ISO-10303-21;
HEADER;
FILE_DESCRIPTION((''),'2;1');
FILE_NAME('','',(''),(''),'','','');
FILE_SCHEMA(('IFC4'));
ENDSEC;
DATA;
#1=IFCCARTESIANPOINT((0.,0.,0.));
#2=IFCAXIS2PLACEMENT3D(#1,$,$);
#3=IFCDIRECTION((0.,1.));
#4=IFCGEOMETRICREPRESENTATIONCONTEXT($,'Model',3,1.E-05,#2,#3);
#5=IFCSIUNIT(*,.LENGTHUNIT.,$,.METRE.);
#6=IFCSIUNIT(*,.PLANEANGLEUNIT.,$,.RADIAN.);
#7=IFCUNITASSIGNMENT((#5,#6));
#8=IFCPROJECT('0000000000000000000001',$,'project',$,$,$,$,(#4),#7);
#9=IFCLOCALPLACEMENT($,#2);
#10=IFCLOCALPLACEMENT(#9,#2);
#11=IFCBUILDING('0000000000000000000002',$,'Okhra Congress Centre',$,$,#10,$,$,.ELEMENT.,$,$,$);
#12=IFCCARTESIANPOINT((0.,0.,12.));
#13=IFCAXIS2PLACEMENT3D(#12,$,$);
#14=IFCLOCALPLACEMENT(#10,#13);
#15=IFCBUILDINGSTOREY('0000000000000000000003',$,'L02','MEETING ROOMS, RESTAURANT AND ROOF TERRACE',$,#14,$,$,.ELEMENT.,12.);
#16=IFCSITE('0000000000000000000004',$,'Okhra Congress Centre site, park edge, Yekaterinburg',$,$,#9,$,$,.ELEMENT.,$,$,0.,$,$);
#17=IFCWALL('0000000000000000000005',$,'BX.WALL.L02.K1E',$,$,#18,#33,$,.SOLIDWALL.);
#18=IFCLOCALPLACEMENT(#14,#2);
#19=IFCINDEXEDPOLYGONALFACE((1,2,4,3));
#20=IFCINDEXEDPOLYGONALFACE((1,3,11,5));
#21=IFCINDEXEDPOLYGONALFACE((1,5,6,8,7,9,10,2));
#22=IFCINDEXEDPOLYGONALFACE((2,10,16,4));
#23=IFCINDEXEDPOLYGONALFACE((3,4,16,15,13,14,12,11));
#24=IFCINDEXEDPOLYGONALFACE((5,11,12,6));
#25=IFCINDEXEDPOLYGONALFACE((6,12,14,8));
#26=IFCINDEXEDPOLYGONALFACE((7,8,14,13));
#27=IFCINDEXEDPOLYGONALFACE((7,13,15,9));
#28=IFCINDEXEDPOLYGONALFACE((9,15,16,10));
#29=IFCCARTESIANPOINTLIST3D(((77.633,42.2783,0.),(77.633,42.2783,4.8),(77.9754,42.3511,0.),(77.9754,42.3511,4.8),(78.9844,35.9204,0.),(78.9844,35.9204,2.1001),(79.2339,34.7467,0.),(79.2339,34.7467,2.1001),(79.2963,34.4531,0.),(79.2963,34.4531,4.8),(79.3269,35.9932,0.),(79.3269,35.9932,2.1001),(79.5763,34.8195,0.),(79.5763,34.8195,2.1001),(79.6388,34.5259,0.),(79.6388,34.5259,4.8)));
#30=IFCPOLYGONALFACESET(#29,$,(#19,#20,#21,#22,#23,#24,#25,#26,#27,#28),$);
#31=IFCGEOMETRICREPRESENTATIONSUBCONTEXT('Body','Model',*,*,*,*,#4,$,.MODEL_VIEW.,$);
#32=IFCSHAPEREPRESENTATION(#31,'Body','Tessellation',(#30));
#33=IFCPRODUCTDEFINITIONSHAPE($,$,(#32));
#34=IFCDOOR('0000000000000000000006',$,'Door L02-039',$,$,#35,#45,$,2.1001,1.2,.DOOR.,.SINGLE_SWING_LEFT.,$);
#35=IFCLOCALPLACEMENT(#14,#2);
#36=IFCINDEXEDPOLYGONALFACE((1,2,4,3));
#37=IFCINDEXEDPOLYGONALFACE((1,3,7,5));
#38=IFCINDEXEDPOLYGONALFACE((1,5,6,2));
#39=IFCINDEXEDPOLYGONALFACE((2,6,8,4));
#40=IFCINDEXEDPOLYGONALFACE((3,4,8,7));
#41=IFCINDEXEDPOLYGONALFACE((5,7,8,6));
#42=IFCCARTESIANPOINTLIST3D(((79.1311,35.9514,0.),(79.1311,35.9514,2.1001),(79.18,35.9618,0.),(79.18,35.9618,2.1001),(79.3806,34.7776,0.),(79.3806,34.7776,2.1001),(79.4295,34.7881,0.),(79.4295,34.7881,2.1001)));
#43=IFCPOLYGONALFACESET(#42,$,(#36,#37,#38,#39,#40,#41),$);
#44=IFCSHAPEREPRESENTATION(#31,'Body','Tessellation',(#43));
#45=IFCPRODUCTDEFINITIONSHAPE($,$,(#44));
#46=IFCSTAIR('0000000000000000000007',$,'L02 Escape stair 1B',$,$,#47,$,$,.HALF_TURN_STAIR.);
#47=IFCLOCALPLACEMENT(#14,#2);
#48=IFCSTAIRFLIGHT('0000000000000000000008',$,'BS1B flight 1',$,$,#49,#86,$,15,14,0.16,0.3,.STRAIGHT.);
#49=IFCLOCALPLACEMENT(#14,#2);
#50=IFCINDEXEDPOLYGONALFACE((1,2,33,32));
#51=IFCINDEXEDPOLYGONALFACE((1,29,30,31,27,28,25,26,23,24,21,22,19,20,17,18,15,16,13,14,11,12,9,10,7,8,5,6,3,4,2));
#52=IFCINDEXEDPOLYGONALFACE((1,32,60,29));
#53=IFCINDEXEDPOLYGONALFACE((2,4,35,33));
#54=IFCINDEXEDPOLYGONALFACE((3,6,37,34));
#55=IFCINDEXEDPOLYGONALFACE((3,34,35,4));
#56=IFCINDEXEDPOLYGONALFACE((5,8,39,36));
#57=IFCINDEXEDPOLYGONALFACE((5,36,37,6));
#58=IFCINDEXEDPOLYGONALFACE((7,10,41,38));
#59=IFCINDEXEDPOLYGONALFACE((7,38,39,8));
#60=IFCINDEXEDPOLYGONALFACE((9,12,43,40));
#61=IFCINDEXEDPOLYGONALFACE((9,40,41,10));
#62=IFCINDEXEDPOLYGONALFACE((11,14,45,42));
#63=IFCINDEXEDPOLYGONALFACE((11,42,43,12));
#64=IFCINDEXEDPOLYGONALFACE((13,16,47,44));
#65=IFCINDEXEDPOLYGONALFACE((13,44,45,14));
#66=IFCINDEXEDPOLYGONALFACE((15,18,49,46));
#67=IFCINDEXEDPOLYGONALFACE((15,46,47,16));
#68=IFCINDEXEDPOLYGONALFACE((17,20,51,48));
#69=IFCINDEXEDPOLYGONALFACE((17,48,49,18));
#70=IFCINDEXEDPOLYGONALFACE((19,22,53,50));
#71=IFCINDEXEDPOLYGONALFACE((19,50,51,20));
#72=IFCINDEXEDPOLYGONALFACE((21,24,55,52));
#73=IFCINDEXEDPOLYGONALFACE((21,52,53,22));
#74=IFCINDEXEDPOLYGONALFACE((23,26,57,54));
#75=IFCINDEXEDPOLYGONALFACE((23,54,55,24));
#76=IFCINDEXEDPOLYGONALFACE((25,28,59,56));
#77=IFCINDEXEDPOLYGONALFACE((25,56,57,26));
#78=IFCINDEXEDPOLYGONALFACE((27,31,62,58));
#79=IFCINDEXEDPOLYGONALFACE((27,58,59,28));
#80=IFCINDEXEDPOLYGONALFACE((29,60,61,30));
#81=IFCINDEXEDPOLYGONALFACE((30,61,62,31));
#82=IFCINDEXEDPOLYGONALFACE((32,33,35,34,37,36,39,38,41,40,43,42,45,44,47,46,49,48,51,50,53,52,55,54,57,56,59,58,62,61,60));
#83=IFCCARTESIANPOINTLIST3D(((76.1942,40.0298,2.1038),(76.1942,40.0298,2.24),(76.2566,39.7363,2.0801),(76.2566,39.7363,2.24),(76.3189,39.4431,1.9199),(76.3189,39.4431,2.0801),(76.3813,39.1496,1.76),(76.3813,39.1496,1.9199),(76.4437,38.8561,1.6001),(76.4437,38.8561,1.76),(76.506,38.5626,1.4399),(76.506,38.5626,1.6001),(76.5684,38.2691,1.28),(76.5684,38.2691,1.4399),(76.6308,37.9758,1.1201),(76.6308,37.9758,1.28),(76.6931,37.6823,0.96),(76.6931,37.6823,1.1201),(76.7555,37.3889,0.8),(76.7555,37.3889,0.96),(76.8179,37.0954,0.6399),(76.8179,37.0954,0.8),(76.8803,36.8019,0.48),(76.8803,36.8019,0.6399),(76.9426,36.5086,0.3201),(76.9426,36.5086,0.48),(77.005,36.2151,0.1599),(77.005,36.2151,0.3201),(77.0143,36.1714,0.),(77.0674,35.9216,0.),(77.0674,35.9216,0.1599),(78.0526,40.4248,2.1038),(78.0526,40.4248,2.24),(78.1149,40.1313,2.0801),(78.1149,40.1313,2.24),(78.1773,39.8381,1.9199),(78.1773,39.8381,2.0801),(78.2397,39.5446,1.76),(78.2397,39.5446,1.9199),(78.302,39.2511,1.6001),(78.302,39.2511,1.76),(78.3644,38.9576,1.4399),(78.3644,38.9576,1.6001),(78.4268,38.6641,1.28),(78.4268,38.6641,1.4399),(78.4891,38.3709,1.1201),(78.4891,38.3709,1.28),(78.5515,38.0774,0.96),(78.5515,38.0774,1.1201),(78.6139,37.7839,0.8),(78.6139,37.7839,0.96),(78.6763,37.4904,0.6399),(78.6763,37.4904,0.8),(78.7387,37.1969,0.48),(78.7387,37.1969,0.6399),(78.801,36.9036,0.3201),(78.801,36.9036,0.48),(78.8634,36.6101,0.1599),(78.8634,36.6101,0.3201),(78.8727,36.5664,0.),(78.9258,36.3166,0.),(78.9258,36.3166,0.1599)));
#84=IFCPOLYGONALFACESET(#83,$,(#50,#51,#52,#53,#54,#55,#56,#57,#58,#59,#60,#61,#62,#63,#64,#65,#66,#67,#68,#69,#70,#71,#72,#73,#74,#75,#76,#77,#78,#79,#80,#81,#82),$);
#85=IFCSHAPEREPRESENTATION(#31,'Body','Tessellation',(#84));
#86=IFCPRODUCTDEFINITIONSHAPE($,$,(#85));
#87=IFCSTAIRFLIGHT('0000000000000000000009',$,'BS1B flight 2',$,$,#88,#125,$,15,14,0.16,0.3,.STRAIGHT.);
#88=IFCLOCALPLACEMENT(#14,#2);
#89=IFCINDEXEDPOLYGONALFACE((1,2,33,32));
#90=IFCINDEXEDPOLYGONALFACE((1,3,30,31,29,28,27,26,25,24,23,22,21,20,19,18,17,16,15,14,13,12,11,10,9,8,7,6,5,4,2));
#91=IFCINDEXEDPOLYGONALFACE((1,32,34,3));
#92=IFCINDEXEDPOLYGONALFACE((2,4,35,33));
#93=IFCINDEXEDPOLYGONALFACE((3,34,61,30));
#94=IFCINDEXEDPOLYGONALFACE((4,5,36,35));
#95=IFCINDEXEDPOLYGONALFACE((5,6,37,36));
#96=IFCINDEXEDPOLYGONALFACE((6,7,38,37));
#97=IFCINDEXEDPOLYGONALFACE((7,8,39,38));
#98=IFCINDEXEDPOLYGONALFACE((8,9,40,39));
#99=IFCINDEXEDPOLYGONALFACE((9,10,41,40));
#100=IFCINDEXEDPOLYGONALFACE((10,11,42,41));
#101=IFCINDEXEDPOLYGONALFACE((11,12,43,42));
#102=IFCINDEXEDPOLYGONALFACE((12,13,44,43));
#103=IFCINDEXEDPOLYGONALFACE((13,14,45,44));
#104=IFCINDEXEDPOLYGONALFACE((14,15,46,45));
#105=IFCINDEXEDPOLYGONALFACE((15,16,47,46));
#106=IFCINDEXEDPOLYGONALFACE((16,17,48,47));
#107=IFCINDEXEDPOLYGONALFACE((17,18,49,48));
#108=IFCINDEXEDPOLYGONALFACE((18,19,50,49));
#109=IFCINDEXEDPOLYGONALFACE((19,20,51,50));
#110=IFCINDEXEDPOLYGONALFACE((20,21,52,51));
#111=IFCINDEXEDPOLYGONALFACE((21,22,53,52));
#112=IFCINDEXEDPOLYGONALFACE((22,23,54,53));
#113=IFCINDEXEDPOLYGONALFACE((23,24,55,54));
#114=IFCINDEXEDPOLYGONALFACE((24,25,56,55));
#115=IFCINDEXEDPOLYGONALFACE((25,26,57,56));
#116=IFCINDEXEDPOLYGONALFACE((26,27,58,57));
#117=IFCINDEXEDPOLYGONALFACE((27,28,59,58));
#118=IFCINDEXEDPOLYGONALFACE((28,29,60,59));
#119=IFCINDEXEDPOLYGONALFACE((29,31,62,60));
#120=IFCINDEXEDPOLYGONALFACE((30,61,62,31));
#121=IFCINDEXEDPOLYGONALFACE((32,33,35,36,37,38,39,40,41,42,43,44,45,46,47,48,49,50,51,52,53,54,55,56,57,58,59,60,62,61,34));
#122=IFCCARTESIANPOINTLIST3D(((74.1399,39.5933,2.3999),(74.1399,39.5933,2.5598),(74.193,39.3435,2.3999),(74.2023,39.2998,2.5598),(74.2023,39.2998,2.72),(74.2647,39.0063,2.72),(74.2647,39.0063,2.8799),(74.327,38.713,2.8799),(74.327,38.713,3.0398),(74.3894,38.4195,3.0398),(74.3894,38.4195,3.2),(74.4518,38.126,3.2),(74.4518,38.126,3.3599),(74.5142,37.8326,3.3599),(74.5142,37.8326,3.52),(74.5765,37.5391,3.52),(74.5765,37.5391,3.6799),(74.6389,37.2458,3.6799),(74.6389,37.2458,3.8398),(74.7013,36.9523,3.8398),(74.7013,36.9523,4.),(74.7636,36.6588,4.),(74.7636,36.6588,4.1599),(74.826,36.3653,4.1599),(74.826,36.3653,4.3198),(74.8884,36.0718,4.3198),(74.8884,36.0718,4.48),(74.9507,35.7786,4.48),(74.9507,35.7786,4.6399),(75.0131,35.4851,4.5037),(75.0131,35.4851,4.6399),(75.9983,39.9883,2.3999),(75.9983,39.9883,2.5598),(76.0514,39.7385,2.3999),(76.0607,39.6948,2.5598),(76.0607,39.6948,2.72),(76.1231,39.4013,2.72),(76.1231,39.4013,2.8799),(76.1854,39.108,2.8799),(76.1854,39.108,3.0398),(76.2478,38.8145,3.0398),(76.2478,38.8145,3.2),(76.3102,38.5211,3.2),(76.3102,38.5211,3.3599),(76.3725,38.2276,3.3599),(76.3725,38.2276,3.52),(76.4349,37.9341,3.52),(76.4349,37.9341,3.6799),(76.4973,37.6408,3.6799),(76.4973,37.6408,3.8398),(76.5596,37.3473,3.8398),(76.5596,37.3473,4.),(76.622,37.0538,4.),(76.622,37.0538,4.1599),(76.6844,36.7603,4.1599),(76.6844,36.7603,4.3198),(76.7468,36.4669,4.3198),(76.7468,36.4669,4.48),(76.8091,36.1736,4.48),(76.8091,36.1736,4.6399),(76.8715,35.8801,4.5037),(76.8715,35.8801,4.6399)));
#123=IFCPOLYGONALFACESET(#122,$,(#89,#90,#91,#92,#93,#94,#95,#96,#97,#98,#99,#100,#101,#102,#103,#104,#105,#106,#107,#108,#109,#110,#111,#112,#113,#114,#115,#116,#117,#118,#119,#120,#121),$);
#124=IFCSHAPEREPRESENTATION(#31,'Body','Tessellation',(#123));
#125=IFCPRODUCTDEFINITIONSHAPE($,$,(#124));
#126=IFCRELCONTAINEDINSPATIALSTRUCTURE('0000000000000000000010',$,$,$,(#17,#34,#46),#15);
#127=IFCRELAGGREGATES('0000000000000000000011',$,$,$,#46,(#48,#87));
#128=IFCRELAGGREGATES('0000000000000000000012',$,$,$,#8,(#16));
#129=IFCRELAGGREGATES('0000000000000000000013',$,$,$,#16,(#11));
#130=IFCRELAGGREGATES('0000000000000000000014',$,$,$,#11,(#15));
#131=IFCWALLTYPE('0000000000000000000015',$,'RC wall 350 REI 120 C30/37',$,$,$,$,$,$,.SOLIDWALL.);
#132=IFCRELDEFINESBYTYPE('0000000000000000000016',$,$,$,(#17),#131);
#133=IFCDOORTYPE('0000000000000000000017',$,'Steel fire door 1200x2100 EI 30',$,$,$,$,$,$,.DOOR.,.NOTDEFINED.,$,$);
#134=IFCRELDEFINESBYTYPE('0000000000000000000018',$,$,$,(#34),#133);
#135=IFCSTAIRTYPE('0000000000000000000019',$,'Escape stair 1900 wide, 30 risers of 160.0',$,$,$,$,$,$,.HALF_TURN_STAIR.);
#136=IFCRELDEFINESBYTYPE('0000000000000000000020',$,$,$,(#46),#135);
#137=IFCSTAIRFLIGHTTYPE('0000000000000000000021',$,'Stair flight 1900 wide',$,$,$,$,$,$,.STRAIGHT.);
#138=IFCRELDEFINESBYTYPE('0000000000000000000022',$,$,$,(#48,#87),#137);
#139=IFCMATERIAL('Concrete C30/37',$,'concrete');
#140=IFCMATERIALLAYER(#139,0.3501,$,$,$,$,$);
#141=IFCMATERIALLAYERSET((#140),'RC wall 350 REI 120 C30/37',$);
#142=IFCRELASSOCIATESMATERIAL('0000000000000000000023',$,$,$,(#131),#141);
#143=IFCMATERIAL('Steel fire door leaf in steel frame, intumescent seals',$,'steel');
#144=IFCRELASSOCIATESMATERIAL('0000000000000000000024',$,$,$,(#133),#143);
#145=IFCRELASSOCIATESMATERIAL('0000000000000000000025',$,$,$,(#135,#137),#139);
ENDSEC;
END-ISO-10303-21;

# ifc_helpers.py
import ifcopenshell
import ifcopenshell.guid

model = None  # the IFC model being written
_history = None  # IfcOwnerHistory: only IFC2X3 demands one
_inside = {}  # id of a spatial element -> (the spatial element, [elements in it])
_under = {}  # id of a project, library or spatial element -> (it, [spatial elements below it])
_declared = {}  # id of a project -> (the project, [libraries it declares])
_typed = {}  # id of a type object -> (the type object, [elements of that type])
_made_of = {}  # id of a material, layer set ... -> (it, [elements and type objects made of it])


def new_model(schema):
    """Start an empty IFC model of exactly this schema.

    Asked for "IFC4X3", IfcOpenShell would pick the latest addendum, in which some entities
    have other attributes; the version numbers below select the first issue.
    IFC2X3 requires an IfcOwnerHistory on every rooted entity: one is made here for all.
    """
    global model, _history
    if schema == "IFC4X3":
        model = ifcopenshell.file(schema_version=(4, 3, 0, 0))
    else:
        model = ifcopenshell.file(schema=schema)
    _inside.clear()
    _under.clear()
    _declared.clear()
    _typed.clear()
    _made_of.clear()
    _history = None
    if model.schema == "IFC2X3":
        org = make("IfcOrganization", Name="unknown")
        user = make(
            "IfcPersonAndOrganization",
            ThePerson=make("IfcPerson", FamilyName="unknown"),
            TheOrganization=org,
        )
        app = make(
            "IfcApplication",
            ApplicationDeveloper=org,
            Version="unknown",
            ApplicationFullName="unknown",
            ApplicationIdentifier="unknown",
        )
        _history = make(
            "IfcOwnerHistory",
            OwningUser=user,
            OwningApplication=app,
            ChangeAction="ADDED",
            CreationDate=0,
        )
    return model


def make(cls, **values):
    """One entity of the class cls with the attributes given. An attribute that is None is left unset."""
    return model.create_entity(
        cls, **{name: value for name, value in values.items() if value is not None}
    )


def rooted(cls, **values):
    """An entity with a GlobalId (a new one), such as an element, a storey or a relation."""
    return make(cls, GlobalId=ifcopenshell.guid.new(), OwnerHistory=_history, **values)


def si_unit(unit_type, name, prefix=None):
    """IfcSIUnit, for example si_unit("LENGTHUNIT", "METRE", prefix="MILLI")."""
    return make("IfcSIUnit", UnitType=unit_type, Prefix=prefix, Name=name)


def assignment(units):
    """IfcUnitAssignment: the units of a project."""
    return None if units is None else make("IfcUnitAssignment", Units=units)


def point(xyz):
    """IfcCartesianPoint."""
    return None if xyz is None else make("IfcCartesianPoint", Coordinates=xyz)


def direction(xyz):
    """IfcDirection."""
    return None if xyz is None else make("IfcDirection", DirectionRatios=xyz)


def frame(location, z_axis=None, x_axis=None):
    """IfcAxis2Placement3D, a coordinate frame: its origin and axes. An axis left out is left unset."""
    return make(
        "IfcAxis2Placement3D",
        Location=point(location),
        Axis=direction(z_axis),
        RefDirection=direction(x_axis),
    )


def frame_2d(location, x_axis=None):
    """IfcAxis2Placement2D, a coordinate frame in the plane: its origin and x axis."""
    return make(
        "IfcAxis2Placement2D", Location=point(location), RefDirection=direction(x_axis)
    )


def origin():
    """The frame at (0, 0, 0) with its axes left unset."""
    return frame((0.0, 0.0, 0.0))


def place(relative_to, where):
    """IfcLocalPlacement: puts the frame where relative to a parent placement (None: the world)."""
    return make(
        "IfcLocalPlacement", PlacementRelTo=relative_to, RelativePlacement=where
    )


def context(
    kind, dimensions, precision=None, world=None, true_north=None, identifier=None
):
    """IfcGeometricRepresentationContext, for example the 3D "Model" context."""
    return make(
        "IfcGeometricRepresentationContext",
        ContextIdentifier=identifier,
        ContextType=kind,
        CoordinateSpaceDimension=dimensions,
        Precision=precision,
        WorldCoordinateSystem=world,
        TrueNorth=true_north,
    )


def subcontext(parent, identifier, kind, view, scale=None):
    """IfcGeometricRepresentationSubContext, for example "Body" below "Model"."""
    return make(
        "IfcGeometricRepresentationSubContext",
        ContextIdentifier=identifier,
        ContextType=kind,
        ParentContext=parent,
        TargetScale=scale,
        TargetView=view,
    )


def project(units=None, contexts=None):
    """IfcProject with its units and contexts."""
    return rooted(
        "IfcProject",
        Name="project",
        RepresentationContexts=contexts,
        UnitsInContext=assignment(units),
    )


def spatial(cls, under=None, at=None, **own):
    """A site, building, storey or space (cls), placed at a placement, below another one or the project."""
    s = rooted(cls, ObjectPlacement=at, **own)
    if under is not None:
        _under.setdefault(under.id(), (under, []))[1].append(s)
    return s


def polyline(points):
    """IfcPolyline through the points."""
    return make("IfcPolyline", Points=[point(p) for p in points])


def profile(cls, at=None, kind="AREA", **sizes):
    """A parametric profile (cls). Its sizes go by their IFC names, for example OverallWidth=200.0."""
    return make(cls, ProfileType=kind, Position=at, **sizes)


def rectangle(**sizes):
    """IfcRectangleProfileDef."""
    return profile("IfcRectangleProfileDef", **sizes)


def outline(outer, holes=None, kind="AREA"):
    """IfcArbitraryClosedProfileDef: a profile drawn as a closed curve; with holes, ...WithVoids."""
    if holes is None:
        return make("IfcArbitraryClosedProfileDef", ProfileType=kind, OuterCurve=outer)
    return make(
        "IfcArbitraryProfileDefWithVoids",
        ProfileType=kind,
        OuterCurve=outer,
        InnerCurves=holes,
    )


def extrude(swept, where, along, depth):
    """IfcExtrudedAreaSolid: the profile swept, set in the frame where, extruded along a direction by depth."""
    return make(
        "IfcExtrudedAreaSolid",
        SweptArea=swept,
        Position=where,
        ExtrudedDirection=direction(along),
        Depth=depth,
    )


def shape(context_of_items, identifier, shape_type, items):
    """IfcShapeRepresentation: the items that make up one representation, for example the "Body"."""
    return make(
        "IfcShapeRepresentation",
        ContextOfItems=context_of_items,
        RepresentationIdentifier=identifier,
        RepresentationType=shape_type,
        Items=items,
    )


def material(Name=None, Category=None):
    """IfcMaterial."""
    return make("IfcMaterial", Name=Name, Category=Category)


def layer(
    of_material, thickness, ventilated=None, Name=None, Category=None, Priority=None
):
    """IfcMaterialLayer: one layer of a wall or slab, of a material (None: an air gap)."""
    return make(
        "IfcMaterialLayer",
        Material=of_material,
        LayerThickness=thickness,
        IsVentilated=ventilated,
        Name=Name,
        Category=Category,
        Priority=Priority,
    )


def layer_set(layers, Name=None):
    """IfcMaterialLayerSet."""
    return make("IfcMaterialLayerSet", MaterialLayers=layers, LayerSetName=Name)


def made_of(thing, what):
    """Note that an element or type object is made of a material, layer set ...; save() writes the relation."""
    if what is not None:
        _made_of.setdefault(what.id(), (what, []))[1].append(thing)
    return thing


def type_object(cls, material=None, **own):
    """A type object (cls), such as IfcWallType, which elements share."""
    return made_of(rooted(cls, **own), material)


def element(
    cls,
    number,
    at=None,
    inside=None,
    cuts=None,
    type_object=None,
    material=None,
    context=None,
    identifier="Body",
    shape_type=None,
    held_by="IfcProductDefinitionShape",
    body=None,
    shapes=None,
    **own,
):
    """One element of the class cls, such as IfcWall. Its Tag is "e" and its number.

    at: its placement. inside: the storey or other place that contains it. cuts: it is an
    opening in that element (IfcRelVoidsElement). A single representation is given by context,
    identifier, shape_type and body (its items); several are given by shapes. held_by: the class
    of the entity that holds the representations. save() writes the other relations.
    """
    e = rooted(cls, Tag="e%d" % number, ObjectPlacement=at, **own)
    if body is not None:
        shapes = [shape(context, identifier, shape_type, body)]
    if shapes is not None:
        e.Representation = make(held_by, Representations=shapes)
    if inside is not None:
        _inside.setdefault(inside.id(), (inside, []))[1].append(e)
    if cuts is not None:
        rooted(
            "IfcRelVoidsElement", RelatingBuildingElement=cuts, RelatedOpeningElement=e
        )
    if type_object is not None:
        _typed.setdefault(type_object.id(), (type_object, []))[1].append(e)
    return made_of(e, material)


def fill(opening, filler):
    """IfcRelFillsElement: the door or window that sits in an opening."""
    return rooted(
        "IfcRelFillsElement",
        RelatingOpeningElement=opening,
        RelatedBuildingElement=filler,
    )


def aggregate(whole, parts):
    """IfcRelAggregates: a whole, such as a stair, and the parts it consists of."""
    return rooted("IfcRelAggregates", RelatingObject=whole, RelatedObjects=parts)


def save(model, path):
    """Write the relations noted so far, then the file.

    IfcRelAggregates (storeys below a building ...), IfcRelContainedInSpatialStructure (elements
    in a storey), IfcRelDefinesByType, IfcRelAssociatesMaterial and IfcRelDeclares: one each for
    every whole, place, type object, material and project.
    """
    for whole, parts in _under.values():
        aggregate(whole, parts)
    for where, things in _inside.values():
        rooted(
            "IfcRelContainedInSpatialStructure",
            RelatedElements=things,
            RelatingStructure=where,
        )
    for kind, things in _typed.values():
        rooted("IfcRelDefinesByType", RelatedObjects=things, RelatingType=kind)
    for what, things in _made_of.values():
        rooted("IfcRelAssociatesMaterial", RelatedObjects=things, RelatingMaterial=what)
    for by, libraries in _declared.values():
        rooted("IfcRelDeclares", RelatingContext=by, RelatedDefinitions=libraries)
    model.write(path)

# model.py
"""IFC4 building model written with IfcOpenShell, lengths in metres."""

from ifc_helpers import new_model, si_unit, direction, frame, frame_2d, origin, place, context, subcontext, project, spatial, polyline, rectangle, outline, extrude, material, layer, layer_set, type_object, element, fill, aggregate, save


model = new_model("IFC4")

# Units and contexts
model_context = context("Model", 3, precision=1e-05, world=origin(), true_north=direction((0.0, 1.0)))
body_context = subcontext(model_context, "Body", "Model", "MODEL_VIEW")
ifc_project = project(units=[si_unit("LENGTHUNIT", "METRE"), si_unit("PLANEANGLEUNIT", "RADIAN")], contexts=[model_context])

# Site, building, storey
site_placement = place(None, origin())
site = spatial("IfcSite", under=ifc_project, at=site_placement, Name="Okhra Congress Centre site, park edge, Yekaterinburg", CompositionType="ELEMENT", RefElevation=0.0)
building_placement = place(site_placement, origin())
building = spatial("IfcBuilding", under=site, at=building_placement, Name="Okhra Congress Centre", CompositionType="ELEMENT")
storey_placement = place(building_placement, frame((0.0, 0.0, 12.0)))
storey = spatial("IfcBuildingStorey", under=building, at=storey_placement, Name="L02", Description="MEETING ROOMS, RESTAURANT AND ROOF TERRACE", CompositionType="ELEMENT", Elevation=12.0)

# Wall, opening, door
ifc_material_1 = material(Name="Concrete C30/37", Category="concrete")
ifc_layer_1 = layer(ifc_material_1, 0.3501)
ifc_layer_set_1 = layer_set([ifc_layer_1], Name="RC wall 350 REI 120 C30/37")
wall_type_1 = type_object("IfcWallType", Name="RC wall 350 REI 120 C30/37", PredefinedType="SOLIDWALL", material=ifc_layer_set_1)
wall_1_placement = place(storey_placement, frame((79.4675, 34.4895, 0.0), z_axis=(0.0, 0.0, 1.0), x_axis=(-0.207916, 0.978147, 0.0)))
wall_1 = element("IfcWall", 1, at=wall_1_placement, inside=storey, type_object=wall_type_1, Name="BX.WALL.L02.K1E", PredefinedType="SOLIDWALL", context=body_context, shape_type="SweptSolid", body=[
    extrude(rectangle(XDim=8.0, YDim=0.3501, at=frame_2d((4.0, 0.0))), origin(), (0.0, 0.0, 1.0), 4.8),
])
opening_1_placement = place(wall_1_placement, frame((0.3, 0.0, 0.0)))
opening_1 = element("IfcOpeningElement", 2, at=opening_1_placement, cuts=wall_1, PredefinedType="OPENING", context=body_context, shape_type="SweptSolid", body=[
    extrude(rectangle(XDim=1.2, YDim=2.1001, at=frame_2d((0.6001, 1.05))), frame((0.0, 0.1851, 0.0), z_axis=(0.0, -1.0, 0.0), x_axis=(1.0, 0.0, 0.0)), (0.0, 0.0, 1.0), 0.3701),
])
ifc_material_2 = material(Name="Steel fire door leaf in steel frame, intumescent seals", Category="steel")
door_type_1 = type_object("IfcDoorType", Name="Steel fire door 1200x2100 EI 30", OperationType="NOTDEFINED", PredefinedType="DOOR", material=ifc_material_2)
door_1_placement = place(opening_1_placement, frame((1.2, 0.0, 0.0), z_axis=(0.0, 0.0, 1.0), x_axis=(-1.0, 0.0, 0.0)))
door_1 = element("IfcDoor", 3, at=door_1_placement, inside=storey, type_object=door_type_1, Name="Door L02-039", OperationType="SINGLE_SWING_LEFT", OverallHeight=2.1001, OverallWidth=1.2, PredefinedType="DOOR", context=body_context, shape_type="SweptSolid", body=[
    extrude(rectangle(XDim=1.2, YDim=2.1001, at=frame_2d((0.6001, 1.05))), frame((0.0, 0.0249, 0.0), z_axis=(0.0, -1.0, 0.0), x_axis=(1.0, 0.0, 0.0)), (0.0, 0.0, 1.0), 0.05),
])
fill(opening_1, door_1)

# Stair, stair flights
stair_type = type_object("IfcStairType", Name="Escape stair 1900 wide, 30 risers of 160.0", PredefinedType="HALF_TURN_STAIR", material=ifc_material_1)
stair_placement = place(storey_placement, origin())
stair = element("IfcStair", 4, at=stair_placement, inside=storey, type_object=stair_type, Name="L02 Escape stair 1B", PredefinedType="HALF_TURN_STAIR")
stair_flight_type = type_object("IfcStairFlightType", Name="Stair flight 1900 wide", PredefinedType="STRAIGHT", material=ifc_material_1)
stair_flight_1_placement = place(storey_placement, frame((77.9966, 36.1191, 0.0), z_axis=(0.0, 0.0, 1.0), x_axis=(-0.207912, 0.978148, 0.0)))
stair_flight_1 = element("IfcStairFlight", 5, at=stair_flight_1_placement, type_object=stair_flight_type, Name="BS1B flight 1", NumberOfRisers=15, NumberOfTreads=14, PredefinedType="STRAIGHT", RiserHeight=0.16, TreadLength=0.3, context=body_context, shape_type="SweptSolid", body=[
    extrude(outline(polyline([(0.0, 0.0), (0.0, 0.1599), (0.3, 0.1599), (0.3, 0.3201), (0.6001, 0.3201), (0.6001, 0.48), (0.8999, 0.48), (0.8999, 0.6399), (1.2, 0.6399), (1.2, 0.8), (1.5, 0.8), (1.5, 0.96), (1.8, 0.96), (1.8, 1.1201), (2.1001, 1.1201), (2.1001, 1.28), (2.3999, 1.28), (2.3999, 1.4399), (2.7, 1.4399), (2.7, 1.6001), (3.0, 1.6001), (3.0, 1.76), (3.3, 1.76), (3.3, 1.9199), (3.6001, 1.9199), (3.6001, 2.0801), (3.8999, 2.0801), (3.8999, 2.24), (4.2, 2.24), (4.2, 2.3999), (4.2, 2.1038), (0.2554, 0.0), (0.0, 0.0)])), frame((0.0, 0.95, 0.0), z_axis=(0.0, -1.0, 0.0), x_axis=(1.0, 0.0, 0.0)), (0.0, 0.0, 1.0), 1.8999),
])
stair_flight_2_placement = place(storey_placement, frame((75.0691, 39.7908, 2.3999), z_axis=(0.0, 0.0, 1.0), x_axis=(0.207912, -0.978148, 0.0)))
stair_flight_2 = element("IfcStairFlight", 6, at=stair_flight_2_placement, type_object=stair_flight_type, Name="BS1B flight 2", NumberOfRisers=15, NumberOfTreads=14, PredefinedType="STRAIGHT", RiserHeight=0.16, TreadLength=0.3, context=body_context, shape_type="SweptSolid", body=[
    extrude(outline(polyline([(0.0, 0.0), (0.0, 0.1599), (0.3, 0.1599), (0.3, 0.3201), (0.6001, 0.3201), (0.6001, 0.48), (0.8999, 0.48), (0.8999, 0.6399), (1.2, 0.6399), (1.2, 0.8), (1.5, 0.8), (1.5, 0.96), (1.8, 0.96), (1.8, 1.1201), (2.1001, 1.1201), (2.1001, 1.28), (2.3999, 1.28), (2.3999, 1.4399), (2.7, 1.4399), (2.7, 1.6001), (3.0, 1.6001), (3.0, 1.76), (3.3, 1.76), (3.3, 1.9199), (3.6001, 1.9199), (3.6001, 2.0801), (3.8999, 2.0801), (3.8999, 2.24), (4.2, 2.24), (4.2, 2.3999), (4.2, 2.1038), (0.2554, 0.0), (0.0, 0.0)])), frame((0.0, 0.95, 0.0), z_axis=(0.0, -1.0, 0.0), x_axis=(1.0, 0.0, 0.0)), (0.0, 0.0, 1.0), 1.8999),
])
aggregate(stair, [stair_flight_1, stair_flight_2])

save(model, "model.ifc")
